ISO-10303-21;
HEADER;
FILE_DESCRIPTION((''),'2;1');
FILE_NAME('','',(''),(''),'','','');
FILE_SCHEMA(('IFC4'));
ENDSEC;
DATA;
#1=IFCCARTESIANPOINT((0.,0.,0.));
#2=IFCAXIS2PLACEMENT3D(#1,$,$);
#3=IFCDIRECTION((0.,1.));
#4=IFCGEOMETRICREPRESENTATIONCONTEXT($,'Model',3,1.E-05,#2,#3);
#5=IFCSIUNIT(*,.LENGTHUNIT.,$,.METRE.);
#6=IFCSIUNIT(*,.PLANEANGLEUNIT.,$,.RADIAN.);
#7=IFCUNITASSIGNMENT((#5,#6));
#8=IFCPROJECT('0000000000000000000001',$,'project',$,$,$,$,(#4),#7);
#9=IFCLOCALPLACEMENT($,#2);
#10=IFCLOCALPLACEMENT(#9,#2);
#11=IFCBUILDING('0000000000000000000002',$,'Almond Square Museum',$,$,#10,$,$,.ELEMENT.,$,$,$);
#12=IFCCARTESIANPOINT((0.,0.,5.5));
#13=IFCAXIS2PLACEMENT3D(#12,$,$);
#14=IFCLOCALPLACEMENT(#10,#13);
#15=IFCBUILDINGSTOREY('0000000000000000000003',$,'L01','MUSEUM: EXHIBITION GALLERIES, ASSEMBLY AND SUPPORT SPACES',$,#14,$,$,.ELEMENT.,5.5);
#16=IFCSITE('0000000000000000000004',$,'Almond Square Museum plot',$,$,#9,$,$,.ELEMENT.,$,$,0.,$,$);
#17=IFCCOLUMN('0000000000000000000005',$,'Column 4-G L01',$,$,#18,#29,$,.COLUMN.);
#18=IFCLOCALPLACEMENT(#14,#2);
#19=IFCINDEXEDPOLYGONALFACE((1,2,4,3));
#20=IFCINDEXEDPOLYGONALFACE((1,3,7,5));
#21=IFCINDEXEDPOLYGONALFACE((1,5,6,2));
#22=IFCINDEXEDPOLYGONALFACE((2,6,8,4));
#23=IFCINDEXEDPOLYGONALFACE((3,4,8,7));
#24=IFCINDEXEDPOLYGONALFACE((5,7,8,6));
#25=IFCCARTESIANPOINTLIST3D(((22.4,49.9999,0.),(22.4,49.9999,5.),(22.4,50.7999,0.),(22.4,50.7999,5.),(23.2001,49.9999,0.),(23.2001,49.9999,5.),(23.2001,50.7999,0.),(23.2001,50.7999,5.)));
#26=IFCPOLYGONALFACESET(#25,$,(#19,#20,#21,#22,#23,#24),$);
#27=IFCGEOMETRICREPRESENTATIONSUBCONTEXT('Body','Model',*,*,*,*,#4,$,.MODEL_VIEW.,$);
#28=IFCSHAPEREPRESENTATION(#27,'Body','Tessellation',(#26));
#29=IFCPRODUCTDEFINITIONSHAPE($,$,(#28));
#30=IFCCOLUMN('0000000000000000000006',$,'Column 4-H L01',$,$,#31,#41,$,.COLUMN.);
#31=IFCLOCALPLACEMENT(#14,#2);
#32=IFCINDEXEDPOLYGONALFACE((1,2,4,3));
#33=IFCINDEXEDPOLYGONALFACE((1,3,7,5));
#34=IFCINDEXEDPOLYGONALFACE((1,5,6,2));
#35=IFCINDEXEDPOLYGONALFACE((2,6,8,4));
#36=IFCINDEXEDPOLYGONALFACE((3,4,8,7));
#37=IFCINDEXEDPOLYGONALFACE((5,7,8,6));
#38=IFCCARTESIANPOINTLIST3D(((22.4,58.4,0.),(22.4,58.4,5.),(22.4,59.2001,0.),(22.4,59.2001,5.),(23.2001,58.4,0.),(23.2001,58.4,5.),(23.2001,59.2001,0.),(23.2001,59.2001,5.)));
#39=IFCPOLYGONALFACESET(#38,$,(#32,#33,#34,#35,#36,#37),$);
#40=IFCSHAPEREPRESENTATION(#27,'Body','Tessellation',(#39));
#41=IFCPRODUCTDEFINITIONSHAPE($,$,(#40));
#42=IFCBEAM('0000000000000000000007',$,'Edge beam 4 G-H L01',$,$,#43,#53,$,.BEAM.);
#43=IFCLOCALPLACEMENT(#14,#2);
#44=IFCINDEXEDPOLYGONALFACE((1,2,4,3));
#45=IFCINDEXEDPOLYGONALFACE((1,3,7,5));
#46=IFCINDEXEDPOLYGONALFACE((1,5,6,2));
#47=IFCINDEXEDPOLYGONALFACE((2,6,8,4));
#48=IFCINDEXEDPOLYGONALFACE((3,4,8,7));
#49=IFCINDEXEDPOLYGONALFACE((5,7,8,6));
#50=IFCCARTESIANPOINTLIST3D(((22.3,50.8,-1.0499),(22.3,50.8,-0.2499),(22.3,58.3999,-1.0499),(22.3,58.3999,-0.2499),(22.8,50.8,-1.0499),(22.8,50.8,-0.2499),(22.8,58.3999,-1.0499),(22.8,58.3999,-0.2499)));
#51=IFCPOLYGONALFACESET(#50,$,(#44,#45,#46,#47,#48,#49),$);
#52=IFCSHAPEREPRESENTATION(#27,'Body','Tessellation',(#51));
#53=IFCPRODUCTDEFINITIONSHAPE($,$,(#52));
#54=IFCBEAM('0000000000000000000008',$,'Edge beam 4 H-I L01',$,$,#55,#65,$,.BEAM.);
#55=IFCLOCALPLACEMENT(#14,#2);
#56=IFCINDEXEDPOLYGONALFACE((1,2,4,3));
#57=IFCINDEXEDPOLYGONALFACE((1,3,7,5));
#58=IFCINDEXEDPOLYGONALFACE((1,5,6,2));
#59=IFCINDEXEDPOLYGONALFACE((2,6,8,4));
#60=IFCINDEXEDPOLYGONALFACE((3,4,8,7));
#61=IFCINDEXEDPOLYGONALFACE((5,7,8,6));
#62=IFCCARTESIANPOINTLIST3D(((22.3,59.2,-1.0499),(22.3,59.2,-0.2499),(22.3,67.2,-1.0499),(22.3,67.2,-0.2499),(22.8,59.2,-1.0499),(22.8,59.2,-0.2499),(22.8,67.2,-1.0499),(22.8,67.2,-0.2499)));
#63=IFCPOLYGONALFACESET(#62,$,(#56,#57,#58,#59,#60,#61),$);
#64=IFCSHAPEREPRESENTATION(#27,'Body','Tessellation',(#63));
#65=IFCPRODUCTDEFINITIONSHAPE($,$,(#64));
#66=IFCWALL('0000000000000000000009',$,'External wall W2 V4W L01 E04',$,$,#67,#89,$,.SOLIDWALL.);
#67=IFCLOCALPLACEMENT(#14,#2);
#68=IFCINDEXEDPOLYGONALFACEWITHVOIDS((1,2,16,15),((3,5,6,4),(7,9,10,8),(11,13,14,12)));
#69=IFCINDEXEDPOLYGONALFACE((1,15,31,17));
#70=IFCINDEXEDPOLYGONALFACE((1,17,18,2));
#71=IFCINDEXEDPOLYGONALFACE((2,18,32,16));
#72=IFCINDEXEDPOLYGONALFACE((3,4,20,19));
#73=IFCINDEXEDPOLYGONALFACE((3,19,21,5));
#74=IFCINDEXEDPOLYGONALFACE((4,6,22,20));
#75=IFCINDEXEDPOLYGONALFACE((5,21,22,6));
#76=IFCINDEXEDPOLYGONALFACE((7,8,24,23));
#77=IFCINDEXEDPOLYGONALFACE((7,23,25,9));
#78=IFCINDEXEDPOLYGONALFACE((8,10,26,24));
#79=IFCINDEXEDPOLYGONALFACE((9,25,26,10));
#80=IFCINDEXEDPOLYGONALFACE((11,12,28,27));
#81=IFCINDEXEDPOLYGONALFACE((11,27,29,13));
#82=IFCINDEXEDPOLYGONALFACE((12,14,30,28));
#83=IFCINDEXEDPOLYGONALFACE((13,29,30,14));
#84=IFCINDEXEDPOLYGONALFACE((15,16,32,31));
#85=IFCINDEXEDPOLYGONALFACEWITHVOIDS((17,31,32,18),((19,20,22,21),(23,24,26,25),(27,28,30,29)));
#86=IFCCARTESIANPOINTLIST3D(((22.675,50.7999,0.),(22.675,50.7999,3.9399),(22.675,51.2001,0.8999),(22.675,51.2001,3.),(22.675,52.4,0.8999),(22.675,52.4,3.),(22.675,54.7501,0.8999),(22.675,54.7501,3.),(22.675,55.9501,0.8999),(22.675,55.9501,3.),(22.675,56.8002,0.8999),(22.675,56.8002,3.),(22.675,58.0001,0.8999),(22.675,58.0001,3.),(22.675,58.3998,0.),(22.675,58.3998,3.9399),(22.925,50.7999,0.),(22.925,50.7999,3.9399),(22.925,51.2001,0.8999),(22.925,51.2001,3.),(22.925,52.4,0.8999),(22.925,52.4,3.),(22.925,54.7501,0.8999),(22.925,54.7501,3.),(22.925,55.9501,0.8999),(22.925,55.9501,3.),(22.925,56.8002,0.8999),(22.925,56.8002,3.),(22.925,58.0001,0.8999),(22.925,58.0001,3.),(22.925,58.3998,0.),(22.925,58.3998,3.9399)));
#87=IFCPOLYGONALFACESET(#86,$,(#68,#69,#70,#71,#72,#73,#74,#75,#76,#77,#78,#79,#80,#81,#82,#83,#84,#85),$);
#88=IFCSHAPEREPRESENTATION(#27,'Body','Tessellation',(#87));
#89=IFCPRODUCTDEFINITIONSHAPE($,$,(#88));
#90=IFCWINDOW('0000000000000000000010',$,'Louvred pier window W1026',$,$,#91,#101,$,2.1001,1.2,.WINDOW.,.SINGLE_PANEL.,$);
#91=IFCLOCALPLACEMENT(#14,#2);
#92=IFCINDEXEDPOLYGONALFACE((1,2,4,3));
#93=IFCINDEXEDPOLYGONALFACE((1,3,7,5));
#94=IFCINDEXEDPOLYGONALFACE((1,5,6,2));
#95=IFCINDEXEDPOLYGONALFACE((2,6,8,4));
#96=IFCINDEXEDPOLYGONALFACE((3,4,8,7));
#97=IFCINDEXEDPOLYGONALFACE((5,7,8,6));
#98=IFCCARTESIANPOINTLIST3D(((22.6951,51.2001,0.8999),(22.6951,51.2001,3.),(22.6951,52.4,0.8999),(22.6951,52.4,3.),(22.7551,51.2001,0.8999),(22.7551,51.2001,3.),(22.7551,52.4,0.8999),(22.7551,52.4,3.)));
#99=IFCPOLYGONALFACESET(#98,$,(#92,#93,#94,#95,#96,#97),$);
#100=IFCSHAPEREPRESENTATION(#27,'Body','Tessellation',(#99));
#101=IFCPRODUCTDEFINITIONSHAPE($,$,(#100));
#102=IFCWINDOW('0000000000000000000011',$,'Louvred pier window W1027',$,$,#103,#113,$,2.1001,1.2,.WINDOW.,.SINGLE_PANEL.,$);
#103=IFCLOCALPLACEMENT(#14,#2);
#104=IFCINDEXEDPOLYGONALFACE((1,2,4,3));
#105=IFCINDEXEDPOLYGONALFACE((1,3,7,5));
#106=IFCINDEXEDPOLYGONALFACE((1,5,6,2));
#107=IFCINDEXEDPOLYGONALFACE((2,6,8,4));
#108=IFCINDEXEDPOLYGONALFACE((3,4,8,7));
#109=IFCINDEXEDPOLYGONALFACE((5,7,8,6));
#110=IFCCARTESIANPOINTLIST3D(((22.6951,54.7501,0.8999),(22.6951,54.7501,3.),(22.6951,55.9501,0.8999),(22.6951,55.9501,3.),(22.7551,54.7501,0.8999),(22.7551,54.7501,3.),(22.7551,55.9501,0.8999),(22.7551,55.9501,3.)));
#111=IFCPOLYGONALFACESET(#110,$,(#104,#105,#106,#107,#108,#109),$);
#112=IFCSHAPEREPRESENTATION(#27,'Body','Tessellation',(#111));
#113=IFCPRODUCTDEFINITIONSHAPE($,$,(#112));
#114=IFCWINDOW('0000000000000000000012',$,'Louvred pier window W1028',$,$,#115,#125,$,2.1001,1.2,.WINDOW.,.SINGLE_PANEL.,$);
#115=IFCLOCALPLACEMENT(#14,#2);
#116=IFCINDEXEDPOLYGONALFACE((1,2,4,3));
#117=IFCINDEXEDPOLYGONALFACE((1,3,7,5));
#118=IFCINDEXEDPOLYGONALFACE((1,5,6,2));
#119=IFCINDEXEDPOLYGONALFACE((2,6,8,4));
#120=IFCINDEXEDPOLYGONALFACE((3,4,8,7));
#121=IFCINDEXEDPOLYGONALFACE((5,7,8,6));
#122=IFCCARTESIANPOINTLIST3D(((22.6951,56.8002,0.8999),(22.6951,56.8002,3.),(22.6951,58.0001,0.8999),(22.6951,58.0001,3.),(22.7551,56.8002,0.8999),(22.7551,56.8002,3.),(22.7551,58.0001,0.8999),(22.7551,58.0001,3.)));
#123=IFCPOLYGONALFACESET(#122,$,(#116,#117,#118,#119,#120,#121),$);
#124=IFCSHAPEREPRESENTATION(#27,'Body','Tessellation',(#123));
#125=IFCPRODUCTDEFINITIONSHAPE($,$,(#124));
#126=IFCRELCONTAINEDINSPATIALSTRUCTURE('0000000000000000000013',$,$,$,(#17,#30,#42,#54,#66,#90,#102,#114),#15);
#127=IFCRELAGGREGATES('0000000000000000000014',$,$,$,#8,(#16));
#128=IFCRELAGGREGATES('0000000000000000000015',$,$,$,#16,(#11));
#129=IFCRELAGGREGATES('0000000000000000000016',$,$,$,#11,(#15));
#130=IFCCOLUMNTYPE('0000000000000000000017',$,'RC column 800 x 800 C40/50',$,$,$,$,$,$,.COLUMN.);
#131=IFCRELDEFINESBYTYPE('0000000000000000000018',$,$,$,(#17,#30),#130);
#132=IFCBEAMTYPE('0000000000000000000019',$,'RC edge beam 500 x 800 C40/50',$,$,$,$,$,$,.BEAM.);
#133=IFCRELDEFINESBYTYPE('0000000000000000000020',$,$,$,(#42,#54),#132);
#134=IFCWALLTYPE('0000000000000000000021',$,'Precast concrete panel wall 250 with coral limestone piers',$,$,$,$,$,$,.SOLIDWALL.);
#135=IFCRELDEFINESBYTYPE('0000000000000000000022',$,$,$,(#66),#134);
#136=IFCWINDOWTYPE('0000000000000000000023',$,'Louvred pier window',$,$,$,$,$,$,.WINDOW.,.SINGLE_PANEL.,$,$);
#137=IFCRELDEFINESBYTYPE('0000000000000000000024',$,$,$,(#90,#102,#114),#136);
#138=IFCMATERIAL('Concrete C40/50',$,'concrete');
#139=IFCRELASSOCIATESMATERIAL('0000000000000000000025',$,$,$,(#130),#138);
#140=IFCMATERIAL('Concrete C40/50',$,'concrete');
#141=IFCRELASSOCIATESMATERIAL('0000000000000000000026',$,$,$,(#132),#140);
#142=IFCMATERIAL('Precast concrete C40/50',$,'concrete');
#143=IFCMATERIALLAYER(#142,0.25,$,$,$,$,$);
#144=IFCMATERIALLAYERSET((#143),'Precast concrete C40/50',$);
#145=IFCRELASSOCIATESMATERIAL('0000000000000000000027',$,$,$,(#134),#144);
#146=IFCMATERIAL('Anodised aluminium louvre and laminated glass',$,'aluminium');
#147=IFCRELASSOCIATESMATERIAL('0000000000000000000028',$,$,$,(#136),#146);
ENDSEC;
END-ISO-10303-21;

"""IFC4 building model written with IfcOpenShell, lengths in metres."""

from ifc_helpers import new_model, si_unit, direction, frame, frame_2d, origin, origin_2d, place, context, subcontext, project, spatial, rectangle, extrude, material, layer, layer_set, material_profile, profile_set, type_object, element, fill, save


model = new_model("IFC4")

# Units and contexts
model_context = context("Model", 3, precision=1e-05, world=origin(), true_north=direction((0.0, 1.0)))
body_context = subcontext(model_context, "Body", "Model", "MODEL_VIEW")
ifc_project = project(units=[si_unit("LENGTHUNIT", "METRE"), si_unit("PLANEANGLEUNIT", "RADIAN")], contexts=[model_context])

# Site, building, storey
site_placement = place(None, origin())
site = spatial("IfcSite", under=ifc_project, at=site_placement, Name="Almond Square Museum plot", CompositionType="ELEMENT", RefElevation=0.0)
building_placement = place(site_placement, origin())
building = spatial("IfcBuilding", under=site, at=building_placement, Name="Almond Square Museum", CompositionType="ELEMENT")
storey_placement = place(building_placement, frame((0.0, 0.0, 5.5)))
storey = spatial("IfcBuildingStorey", under=building, at=storey_placement, Name="L01", Description="MUSEUM: EXHIBITION GALLERIES, ASSEMBLY AND SUPPORT SPACES", CompositionType="ELEMENT", Elevation=5.5)

# Columns
ifc_material_1 = material(Name="Concrete C40/50", Category="concrete")
ifc_material_profile_1 = material_profile(ifc_material_1, rectangle(XDim=0.8, YDim=0.8, at=origin_2d()))
ifc_profile_set_1 = profile_set([ifc_material_profile_1], Name="Concrete C40/50")
column_type = type_object("IfcColumnType", Name="RC column 800 x 800 C40/50", PredefinedType="COLUMN", material=ifc_profile_set_1)
for number, where, z_axis, x_axis, name in (
    (1, (22.8, 50.3999, 0.0), (0.0, 0.0, 1.0), (1.0, 0.0, 0.0), "Column 4-G L01"),
    (2, (22.8, 58.8, 0.0), (0.0, 0.0, 1.0), (1.0, 0.0, 0.0), "Column 4-H L01"),
):
    element("IfcColumn", number, at=place(storey_placement, frame(where, z_axis=z_axis, x_axis=x_axis)), inside=storey, type_object=column_type, Name=name, PredefinedType="COLUMN", context=body_context, shape_type="SweptSolid", body=[
        extrude(rectangle(XDim=0.8, YDim=0.8, at=origin_2d()), origin(), (0.0, 0.0, 1.0), 5.0),
    ])

# Beams
ifc_material_2 = material(Name="Concrete C40/50", Category="concrete")
ifc_material_profile_2 = material_profile(ifc_material_2, rectangle(XDim=0.5, YDim=0.8, at=origin_2d()))
ifc_profile_set_2 = profile_set([ifc_material_profile_2], Name="Concrete C40/50")
beam_type = type_object("IfcBeamType", Name="RC edge beam 500 x 800 C40/50", PredefinedType="BEAM", material=ifc_profile_set_2)
beam_1_placement = place(storey_placement, frame((22.55, 50.8, -0.6499), z_axis=(0.0, 1.0, 0.0), x_axis=(-1.0, 0.0, 0.0)))
element("IfcBeam", 3, at=beam_1_placement, inside=storey, type_object=beam_type, Name="Edge beam 4 G-H L01", PredefinedType="BEAM", context=body_context, shape_type="SweptSolid", body=[
    extrude(rectangle(XDim=0.5, YDim=0.8, at=origin_2d()), origin(), (0.0, 0.0, 1.0), 7.5999),
])
beam_2_placement = place(storey_placement, frame((22.55, 59.2, -0.6499), z_axis=(0.0, 1.0, 0.0), x_axis=(-1.0, 0.0, 0.0)))
element("IfcBeam", 4, at=beam_2_placement, inside=storey, type_object=beam_type, Name="Edge beam 4 H-I L01", PredefinedType="BEAM", context=body_context, shape_type="SweptSolid", body=[
    extrude(rectangle(XDim=0.5, YDim=0.8, at=origin_2d()), origin(), (0.0, 0.0, 1.0), 8.0),
])

# Wall, openings, windows
ifc_material_3 = material(Name="Precast concrete C40/50", Category="concrete")
ifc_layer = layer(ifc_material_3, 0.25)
ifc_layer_set = layer_set([ifc_layer], Name="Precast concrete C40/50")
wall_type = type_object("IfcWallType", Name="Precast concrete panel wall 250 with coral limestone piers", PredefinedType="SOLIDWALL", material=ifc_layer_set)
wall_1_placement = place(storey_placement, frame((22.8, 50.8, 0.0), z_axis=(0.0, 0.0, 1.0), x_axis=(0.0, 1.0, 0.0)))
wall_1 = element("IfcWall", 5, at=wall_1_placement, inside=storey, type_object=wall_type, Name="External wall W2 V4W L01 E04", PredefinedType="SOLIDWALL", context=body_context, shape_type="SweptSolid", body=[
    extrude(rectangle(XDim=7.5999, YDim=0.25, at=frame_2d((3.7998, 0.0))), origin(), (0.0, 0.0, 1.0), 3.9399),
])
opening_1_placement = place(wall_1_placement, frame((0.3999, 0.0, 0.8999)))
opening_1 = element("IfcOpeningElement", 6, at=opening_1_placement, cuts=wall_1, PredefinedType="OPENING", context=body_context, shape_type="SweptSolid", body=[
    extrude(rectangle(XDim=1.2, YDim=2.1001, at=frame_2d((0.6001, 1.05))), frame((0.0, 0.135, 0.0), z_axis=(0.0, -1.0, 0.0), x_axis=(1.0, 0.0, 0.0)), (0.0, 0.0, 1.0), 0.27),
])
opening_2_placement = place(wall_1_placement, frame((3.95, 0.0, 0.8999)))
opening_2 = element("IfcOpeningElement", 7, at=opening_2_placement, cuts=wall_1, PredefinedType="OPENING", context=body_context, shape_type="SweptSolid", body=[
    extrude(rectangle(XDim=1.2, YDim=2.1001, at=frame_2d((0.6001, 1.05))), frame((0.0, 0.135, 0.0), z_axis=(0.0, -1.0, 0.0), x_axis=(1.0, 0.0, 0.0)), (0.0, 0.0, 1.0), 0.27),
])
opening_3_placement = place(wall_1_placement, frame((6.0, 0.0, 0.8999)))
opening_3 = element("IfcOpeningElement", 8, at=opening_3_placement, cuts=wall_1, PredefinedType="OPENING", context=body_context, shape_type="SweptSolid", body=[
    extrude(rectangle(XDim=1.2, YDim=2.1001, at=frame_2d((0.6001, 1.05))), frame((0.0, 0.135, 0.0), z_axis=(0.0, -1.0, 0.0), x_axis=(1.0, 0.0, 0.0)), (0.0, 0.0, 1.0), 0.27),
])
ifc_material_4 = material(Name="Anodised aluminium louvre and laminated glass", Category="aluminium")
window_type = type_object("IfcWindowType", Name="Louvred pier window", PartitioningType="SINGLE_PANEL", PredefinedType="WINDOW", material=ifc_material_4)
window_1_placement = place(opening_1_placement, origin())
window_1 = element("IfcWindow", 9, at=window_1_placement, inside=storey, type_object=window_type, Name="Louvred pier window W1026", OverallHeight=2.1001, OverallWidth=1.2, PartitioningType="SINGLE_PANEL", PredefinedType="WINDOW", context=body_context, shape_type="SweptSolid", body=[
    extrude(rectangle(XDim=1.2, YDim=2.1001, at=frame_2d((0.6001, 1.05))), frame((0.0, 0.105, 0.0), z_axis=(0.0, -1.0, 0.0), x_axis=(1.0, 0.0, 0.0)), (0.0, 0.0, 1.0), 0.0601),
])
fill(opening_1, window_1)
window_2_placement = place(opening_2_placement, origin())
window_2 = element("IfcWindow", 10, at=window_2_placement, inside=storey, type_object=window_type, Name="Louvred pier window W1027", OverallHeight=2.1001, OverallWidth=1.2, PartitioningType="SINGLE_PANEL", PredefinedType="WINDOW", context=body_context, shape_type="SweptSolid", body=[
    extrude(rectangle(XDim=1.2, YDim=2.1001, at=frame_2d((0.6001, 1.05))), frame((0.0, 0.105, 0.0), z_axis=(0.0, -1.0, 0.0), x_axis=(1.0, 0.0, 0.0)), (0.0, 0.0, 1.0), 0.0601),
])
fill(opening_2, window_2)
window_3_placement = place(opening_3_placement, origin())
window_3 = element("IfcWindow", 11, at=window_3_placement, inside=storey, type_object=window_type, Name="Louvred pier window W1028", OverallHeight=2.1001, OverallWidth=1.2, PartitioningType="SINGLE_PANEL", PredefinedType="WINDOW", context=body_context, shape_type="SweptSolid", body=[
    extrude(rectangle(XDim=1.2, YDim=2.1001, at=frame_2d((0.6001, 1.05))), frame((0.0, 0.105, 0.0), z_axis=(0.0, -1.0, 0.0), x_axis=(1.0, 0.0, 0.0)), (0.0, 0.0, 1.0), 0.0601),
])
fill(opening_3, window_3)

save(model, "model.ifc")
